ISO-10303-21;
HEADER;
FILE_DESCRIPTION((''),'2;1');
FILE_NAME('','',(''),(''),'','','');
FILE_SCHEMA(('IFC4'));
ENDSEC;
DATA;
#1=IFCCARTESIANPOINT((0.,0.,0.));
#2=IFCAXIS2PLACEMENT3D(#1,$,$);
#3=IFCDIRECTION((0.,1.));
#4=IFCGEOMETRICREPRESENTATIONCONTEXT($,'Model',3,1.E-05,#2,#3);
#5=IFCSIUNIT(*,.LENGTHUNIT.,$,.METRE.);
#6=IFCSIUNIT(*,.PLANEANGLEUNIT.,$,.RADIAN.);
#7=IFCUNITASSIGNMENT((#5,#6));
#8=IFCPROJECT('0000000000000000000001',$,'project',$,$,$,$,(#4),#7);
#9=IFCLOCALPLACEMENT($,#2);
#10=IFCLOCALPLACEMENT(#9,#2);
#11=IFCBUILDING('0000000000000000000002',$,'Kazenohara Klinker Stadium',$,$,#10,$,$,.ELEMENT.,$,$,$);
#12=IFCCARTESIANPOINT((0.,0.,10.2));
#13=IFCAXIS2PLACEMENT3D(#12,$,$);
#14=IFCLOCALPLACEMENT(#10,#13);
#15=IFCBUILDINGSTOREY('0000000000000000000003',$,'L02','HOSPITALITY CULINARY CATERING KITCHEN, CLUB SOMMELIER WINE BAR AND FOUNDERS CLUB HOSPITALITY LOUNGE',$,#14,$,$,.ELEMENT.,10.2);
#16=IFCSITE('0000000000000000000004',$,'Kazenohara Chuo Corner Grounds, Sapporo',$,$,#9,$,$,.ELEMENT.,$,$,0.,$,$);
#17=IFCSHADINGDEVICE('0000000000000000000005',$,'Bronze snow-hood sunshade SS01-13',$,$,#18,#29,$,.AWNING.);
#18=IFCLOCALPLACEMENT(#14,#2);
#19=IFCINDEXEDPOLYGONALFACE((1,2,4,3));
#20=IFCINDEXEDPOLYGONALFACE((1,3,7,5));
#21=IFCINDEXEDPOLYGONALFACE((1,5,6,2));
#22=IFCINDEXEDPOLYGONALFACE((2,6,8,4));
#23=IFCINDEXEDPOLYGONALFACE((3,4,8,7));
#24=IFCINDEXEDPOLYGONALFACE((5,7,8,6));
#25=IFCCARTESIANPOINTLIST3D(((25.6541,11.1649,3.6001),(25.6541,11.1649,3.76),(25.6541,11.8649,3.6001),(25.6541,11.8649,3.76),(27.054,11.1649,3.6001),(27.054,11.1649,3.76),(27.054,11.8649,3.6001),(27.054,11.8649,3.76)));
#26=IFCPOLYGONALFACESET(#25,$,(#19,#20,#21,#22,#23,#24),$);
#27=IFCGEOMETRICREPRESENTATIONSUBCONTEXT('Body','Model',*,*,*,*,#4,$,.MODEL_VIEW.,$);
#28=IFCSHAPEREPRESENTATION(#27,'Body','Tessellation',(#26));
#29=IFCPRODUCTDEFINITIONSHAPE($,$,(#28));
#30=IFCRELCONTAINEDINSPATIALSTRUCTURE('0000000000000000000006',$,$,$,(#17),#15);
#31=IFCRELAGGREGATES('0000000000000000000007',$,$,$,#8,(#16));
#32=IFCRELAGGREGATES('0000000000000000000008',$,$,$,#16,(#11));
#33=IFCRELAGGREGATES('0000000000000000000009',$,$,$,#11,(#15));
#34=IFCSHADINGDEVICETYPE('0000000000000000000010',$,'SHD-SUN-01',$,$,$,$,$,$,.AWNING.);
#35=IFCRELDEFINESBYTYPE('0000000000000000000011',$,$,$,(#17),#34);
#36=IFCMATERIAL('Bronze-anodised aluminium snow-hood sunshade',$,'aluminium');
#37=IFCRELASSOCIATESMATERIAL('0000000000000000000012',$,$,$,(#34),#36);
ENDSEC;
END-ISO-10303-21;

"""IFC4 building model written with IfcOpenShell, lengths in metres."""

from ifc_helpers import new_model, si_unit, direction, frame, origin, origin_2d, place, context, subcontext, project, spatial, rectangle, extrude, material, type_object, element, save


model = new_model("IFC4")

# Units and contexts
model_context = context("Model", 3, precision=1e-05, world=origin(), true_north=direction((0.0, 1.0)))
body_context = subcontext(model_context, "Body", "Model", "MODEL_VIEW")
ifc_project = project(units=[si_unit("LENGTHUNIT", "METRE"), si_unit("PLANEANGLEUNIT", "RADIAN")], contexts=[model_context])

# Site, building, storey
site_placement = place(None, origin())
site = spatial("IfcSite", under=ifc_project, at=site_placement, Name="Kazenohara Chuo Corner Grounds, Sapporo", CompositionType="ELEMENT", RefElevation=0.0)
building_placement = place(site_placement, origin())
building = spatial("IfcBuilding", under=site, at=building_placement, Name="Kazenohara Klinker Stadium", CompositionType="ELEMENT")
storey_placement = place(building_placement, frame((0.0, 0.0, 10.2)))
storey = spatial("IfcBuildingStorey", under=building, at=storey_placement, Name="L02", Description="HOSPITALITY CULINARY CATERING KITCHEN, CLUB SOMMELIER WINE BAR AND FOUNDERS CLUB HOSPITALITY LOUNGE", CompositionType="ELEMENT", Elevation=10.2)

# Shading device
ifc_material_1 = material(Name="Bronze-anodised aluminium snow-hood sunshade", Category="aluminium")
shading_device_type = type_object("IfcShadingDeviceType", Name="SHD-SUN-01", PredefinedType="AWNING", material=ifc_material_1)
shading_device_placement = place(storey_placement, frame((26.354, 11.5149, 3.6001), z_axis=(0.0, 0.0, 1.0), x_axis=(1.0, 0.0, 0.0)))
element("IfcShadingDevice", 1, at=shading_device_placement, inside=storey, type_object=shading_device_type, Name="Bronze snow-hood sunshade SS01-13", PredefinedType="AWNING", context=body_context, shape_type="SweptSolid", body=[
    extrude(rectangle(XDim=1.3999, YDim=0.7, at=origin_2d()), origin(), (0.0, 0.0, 1.0), 0.1599),
])

save(model, "model.ifc")
